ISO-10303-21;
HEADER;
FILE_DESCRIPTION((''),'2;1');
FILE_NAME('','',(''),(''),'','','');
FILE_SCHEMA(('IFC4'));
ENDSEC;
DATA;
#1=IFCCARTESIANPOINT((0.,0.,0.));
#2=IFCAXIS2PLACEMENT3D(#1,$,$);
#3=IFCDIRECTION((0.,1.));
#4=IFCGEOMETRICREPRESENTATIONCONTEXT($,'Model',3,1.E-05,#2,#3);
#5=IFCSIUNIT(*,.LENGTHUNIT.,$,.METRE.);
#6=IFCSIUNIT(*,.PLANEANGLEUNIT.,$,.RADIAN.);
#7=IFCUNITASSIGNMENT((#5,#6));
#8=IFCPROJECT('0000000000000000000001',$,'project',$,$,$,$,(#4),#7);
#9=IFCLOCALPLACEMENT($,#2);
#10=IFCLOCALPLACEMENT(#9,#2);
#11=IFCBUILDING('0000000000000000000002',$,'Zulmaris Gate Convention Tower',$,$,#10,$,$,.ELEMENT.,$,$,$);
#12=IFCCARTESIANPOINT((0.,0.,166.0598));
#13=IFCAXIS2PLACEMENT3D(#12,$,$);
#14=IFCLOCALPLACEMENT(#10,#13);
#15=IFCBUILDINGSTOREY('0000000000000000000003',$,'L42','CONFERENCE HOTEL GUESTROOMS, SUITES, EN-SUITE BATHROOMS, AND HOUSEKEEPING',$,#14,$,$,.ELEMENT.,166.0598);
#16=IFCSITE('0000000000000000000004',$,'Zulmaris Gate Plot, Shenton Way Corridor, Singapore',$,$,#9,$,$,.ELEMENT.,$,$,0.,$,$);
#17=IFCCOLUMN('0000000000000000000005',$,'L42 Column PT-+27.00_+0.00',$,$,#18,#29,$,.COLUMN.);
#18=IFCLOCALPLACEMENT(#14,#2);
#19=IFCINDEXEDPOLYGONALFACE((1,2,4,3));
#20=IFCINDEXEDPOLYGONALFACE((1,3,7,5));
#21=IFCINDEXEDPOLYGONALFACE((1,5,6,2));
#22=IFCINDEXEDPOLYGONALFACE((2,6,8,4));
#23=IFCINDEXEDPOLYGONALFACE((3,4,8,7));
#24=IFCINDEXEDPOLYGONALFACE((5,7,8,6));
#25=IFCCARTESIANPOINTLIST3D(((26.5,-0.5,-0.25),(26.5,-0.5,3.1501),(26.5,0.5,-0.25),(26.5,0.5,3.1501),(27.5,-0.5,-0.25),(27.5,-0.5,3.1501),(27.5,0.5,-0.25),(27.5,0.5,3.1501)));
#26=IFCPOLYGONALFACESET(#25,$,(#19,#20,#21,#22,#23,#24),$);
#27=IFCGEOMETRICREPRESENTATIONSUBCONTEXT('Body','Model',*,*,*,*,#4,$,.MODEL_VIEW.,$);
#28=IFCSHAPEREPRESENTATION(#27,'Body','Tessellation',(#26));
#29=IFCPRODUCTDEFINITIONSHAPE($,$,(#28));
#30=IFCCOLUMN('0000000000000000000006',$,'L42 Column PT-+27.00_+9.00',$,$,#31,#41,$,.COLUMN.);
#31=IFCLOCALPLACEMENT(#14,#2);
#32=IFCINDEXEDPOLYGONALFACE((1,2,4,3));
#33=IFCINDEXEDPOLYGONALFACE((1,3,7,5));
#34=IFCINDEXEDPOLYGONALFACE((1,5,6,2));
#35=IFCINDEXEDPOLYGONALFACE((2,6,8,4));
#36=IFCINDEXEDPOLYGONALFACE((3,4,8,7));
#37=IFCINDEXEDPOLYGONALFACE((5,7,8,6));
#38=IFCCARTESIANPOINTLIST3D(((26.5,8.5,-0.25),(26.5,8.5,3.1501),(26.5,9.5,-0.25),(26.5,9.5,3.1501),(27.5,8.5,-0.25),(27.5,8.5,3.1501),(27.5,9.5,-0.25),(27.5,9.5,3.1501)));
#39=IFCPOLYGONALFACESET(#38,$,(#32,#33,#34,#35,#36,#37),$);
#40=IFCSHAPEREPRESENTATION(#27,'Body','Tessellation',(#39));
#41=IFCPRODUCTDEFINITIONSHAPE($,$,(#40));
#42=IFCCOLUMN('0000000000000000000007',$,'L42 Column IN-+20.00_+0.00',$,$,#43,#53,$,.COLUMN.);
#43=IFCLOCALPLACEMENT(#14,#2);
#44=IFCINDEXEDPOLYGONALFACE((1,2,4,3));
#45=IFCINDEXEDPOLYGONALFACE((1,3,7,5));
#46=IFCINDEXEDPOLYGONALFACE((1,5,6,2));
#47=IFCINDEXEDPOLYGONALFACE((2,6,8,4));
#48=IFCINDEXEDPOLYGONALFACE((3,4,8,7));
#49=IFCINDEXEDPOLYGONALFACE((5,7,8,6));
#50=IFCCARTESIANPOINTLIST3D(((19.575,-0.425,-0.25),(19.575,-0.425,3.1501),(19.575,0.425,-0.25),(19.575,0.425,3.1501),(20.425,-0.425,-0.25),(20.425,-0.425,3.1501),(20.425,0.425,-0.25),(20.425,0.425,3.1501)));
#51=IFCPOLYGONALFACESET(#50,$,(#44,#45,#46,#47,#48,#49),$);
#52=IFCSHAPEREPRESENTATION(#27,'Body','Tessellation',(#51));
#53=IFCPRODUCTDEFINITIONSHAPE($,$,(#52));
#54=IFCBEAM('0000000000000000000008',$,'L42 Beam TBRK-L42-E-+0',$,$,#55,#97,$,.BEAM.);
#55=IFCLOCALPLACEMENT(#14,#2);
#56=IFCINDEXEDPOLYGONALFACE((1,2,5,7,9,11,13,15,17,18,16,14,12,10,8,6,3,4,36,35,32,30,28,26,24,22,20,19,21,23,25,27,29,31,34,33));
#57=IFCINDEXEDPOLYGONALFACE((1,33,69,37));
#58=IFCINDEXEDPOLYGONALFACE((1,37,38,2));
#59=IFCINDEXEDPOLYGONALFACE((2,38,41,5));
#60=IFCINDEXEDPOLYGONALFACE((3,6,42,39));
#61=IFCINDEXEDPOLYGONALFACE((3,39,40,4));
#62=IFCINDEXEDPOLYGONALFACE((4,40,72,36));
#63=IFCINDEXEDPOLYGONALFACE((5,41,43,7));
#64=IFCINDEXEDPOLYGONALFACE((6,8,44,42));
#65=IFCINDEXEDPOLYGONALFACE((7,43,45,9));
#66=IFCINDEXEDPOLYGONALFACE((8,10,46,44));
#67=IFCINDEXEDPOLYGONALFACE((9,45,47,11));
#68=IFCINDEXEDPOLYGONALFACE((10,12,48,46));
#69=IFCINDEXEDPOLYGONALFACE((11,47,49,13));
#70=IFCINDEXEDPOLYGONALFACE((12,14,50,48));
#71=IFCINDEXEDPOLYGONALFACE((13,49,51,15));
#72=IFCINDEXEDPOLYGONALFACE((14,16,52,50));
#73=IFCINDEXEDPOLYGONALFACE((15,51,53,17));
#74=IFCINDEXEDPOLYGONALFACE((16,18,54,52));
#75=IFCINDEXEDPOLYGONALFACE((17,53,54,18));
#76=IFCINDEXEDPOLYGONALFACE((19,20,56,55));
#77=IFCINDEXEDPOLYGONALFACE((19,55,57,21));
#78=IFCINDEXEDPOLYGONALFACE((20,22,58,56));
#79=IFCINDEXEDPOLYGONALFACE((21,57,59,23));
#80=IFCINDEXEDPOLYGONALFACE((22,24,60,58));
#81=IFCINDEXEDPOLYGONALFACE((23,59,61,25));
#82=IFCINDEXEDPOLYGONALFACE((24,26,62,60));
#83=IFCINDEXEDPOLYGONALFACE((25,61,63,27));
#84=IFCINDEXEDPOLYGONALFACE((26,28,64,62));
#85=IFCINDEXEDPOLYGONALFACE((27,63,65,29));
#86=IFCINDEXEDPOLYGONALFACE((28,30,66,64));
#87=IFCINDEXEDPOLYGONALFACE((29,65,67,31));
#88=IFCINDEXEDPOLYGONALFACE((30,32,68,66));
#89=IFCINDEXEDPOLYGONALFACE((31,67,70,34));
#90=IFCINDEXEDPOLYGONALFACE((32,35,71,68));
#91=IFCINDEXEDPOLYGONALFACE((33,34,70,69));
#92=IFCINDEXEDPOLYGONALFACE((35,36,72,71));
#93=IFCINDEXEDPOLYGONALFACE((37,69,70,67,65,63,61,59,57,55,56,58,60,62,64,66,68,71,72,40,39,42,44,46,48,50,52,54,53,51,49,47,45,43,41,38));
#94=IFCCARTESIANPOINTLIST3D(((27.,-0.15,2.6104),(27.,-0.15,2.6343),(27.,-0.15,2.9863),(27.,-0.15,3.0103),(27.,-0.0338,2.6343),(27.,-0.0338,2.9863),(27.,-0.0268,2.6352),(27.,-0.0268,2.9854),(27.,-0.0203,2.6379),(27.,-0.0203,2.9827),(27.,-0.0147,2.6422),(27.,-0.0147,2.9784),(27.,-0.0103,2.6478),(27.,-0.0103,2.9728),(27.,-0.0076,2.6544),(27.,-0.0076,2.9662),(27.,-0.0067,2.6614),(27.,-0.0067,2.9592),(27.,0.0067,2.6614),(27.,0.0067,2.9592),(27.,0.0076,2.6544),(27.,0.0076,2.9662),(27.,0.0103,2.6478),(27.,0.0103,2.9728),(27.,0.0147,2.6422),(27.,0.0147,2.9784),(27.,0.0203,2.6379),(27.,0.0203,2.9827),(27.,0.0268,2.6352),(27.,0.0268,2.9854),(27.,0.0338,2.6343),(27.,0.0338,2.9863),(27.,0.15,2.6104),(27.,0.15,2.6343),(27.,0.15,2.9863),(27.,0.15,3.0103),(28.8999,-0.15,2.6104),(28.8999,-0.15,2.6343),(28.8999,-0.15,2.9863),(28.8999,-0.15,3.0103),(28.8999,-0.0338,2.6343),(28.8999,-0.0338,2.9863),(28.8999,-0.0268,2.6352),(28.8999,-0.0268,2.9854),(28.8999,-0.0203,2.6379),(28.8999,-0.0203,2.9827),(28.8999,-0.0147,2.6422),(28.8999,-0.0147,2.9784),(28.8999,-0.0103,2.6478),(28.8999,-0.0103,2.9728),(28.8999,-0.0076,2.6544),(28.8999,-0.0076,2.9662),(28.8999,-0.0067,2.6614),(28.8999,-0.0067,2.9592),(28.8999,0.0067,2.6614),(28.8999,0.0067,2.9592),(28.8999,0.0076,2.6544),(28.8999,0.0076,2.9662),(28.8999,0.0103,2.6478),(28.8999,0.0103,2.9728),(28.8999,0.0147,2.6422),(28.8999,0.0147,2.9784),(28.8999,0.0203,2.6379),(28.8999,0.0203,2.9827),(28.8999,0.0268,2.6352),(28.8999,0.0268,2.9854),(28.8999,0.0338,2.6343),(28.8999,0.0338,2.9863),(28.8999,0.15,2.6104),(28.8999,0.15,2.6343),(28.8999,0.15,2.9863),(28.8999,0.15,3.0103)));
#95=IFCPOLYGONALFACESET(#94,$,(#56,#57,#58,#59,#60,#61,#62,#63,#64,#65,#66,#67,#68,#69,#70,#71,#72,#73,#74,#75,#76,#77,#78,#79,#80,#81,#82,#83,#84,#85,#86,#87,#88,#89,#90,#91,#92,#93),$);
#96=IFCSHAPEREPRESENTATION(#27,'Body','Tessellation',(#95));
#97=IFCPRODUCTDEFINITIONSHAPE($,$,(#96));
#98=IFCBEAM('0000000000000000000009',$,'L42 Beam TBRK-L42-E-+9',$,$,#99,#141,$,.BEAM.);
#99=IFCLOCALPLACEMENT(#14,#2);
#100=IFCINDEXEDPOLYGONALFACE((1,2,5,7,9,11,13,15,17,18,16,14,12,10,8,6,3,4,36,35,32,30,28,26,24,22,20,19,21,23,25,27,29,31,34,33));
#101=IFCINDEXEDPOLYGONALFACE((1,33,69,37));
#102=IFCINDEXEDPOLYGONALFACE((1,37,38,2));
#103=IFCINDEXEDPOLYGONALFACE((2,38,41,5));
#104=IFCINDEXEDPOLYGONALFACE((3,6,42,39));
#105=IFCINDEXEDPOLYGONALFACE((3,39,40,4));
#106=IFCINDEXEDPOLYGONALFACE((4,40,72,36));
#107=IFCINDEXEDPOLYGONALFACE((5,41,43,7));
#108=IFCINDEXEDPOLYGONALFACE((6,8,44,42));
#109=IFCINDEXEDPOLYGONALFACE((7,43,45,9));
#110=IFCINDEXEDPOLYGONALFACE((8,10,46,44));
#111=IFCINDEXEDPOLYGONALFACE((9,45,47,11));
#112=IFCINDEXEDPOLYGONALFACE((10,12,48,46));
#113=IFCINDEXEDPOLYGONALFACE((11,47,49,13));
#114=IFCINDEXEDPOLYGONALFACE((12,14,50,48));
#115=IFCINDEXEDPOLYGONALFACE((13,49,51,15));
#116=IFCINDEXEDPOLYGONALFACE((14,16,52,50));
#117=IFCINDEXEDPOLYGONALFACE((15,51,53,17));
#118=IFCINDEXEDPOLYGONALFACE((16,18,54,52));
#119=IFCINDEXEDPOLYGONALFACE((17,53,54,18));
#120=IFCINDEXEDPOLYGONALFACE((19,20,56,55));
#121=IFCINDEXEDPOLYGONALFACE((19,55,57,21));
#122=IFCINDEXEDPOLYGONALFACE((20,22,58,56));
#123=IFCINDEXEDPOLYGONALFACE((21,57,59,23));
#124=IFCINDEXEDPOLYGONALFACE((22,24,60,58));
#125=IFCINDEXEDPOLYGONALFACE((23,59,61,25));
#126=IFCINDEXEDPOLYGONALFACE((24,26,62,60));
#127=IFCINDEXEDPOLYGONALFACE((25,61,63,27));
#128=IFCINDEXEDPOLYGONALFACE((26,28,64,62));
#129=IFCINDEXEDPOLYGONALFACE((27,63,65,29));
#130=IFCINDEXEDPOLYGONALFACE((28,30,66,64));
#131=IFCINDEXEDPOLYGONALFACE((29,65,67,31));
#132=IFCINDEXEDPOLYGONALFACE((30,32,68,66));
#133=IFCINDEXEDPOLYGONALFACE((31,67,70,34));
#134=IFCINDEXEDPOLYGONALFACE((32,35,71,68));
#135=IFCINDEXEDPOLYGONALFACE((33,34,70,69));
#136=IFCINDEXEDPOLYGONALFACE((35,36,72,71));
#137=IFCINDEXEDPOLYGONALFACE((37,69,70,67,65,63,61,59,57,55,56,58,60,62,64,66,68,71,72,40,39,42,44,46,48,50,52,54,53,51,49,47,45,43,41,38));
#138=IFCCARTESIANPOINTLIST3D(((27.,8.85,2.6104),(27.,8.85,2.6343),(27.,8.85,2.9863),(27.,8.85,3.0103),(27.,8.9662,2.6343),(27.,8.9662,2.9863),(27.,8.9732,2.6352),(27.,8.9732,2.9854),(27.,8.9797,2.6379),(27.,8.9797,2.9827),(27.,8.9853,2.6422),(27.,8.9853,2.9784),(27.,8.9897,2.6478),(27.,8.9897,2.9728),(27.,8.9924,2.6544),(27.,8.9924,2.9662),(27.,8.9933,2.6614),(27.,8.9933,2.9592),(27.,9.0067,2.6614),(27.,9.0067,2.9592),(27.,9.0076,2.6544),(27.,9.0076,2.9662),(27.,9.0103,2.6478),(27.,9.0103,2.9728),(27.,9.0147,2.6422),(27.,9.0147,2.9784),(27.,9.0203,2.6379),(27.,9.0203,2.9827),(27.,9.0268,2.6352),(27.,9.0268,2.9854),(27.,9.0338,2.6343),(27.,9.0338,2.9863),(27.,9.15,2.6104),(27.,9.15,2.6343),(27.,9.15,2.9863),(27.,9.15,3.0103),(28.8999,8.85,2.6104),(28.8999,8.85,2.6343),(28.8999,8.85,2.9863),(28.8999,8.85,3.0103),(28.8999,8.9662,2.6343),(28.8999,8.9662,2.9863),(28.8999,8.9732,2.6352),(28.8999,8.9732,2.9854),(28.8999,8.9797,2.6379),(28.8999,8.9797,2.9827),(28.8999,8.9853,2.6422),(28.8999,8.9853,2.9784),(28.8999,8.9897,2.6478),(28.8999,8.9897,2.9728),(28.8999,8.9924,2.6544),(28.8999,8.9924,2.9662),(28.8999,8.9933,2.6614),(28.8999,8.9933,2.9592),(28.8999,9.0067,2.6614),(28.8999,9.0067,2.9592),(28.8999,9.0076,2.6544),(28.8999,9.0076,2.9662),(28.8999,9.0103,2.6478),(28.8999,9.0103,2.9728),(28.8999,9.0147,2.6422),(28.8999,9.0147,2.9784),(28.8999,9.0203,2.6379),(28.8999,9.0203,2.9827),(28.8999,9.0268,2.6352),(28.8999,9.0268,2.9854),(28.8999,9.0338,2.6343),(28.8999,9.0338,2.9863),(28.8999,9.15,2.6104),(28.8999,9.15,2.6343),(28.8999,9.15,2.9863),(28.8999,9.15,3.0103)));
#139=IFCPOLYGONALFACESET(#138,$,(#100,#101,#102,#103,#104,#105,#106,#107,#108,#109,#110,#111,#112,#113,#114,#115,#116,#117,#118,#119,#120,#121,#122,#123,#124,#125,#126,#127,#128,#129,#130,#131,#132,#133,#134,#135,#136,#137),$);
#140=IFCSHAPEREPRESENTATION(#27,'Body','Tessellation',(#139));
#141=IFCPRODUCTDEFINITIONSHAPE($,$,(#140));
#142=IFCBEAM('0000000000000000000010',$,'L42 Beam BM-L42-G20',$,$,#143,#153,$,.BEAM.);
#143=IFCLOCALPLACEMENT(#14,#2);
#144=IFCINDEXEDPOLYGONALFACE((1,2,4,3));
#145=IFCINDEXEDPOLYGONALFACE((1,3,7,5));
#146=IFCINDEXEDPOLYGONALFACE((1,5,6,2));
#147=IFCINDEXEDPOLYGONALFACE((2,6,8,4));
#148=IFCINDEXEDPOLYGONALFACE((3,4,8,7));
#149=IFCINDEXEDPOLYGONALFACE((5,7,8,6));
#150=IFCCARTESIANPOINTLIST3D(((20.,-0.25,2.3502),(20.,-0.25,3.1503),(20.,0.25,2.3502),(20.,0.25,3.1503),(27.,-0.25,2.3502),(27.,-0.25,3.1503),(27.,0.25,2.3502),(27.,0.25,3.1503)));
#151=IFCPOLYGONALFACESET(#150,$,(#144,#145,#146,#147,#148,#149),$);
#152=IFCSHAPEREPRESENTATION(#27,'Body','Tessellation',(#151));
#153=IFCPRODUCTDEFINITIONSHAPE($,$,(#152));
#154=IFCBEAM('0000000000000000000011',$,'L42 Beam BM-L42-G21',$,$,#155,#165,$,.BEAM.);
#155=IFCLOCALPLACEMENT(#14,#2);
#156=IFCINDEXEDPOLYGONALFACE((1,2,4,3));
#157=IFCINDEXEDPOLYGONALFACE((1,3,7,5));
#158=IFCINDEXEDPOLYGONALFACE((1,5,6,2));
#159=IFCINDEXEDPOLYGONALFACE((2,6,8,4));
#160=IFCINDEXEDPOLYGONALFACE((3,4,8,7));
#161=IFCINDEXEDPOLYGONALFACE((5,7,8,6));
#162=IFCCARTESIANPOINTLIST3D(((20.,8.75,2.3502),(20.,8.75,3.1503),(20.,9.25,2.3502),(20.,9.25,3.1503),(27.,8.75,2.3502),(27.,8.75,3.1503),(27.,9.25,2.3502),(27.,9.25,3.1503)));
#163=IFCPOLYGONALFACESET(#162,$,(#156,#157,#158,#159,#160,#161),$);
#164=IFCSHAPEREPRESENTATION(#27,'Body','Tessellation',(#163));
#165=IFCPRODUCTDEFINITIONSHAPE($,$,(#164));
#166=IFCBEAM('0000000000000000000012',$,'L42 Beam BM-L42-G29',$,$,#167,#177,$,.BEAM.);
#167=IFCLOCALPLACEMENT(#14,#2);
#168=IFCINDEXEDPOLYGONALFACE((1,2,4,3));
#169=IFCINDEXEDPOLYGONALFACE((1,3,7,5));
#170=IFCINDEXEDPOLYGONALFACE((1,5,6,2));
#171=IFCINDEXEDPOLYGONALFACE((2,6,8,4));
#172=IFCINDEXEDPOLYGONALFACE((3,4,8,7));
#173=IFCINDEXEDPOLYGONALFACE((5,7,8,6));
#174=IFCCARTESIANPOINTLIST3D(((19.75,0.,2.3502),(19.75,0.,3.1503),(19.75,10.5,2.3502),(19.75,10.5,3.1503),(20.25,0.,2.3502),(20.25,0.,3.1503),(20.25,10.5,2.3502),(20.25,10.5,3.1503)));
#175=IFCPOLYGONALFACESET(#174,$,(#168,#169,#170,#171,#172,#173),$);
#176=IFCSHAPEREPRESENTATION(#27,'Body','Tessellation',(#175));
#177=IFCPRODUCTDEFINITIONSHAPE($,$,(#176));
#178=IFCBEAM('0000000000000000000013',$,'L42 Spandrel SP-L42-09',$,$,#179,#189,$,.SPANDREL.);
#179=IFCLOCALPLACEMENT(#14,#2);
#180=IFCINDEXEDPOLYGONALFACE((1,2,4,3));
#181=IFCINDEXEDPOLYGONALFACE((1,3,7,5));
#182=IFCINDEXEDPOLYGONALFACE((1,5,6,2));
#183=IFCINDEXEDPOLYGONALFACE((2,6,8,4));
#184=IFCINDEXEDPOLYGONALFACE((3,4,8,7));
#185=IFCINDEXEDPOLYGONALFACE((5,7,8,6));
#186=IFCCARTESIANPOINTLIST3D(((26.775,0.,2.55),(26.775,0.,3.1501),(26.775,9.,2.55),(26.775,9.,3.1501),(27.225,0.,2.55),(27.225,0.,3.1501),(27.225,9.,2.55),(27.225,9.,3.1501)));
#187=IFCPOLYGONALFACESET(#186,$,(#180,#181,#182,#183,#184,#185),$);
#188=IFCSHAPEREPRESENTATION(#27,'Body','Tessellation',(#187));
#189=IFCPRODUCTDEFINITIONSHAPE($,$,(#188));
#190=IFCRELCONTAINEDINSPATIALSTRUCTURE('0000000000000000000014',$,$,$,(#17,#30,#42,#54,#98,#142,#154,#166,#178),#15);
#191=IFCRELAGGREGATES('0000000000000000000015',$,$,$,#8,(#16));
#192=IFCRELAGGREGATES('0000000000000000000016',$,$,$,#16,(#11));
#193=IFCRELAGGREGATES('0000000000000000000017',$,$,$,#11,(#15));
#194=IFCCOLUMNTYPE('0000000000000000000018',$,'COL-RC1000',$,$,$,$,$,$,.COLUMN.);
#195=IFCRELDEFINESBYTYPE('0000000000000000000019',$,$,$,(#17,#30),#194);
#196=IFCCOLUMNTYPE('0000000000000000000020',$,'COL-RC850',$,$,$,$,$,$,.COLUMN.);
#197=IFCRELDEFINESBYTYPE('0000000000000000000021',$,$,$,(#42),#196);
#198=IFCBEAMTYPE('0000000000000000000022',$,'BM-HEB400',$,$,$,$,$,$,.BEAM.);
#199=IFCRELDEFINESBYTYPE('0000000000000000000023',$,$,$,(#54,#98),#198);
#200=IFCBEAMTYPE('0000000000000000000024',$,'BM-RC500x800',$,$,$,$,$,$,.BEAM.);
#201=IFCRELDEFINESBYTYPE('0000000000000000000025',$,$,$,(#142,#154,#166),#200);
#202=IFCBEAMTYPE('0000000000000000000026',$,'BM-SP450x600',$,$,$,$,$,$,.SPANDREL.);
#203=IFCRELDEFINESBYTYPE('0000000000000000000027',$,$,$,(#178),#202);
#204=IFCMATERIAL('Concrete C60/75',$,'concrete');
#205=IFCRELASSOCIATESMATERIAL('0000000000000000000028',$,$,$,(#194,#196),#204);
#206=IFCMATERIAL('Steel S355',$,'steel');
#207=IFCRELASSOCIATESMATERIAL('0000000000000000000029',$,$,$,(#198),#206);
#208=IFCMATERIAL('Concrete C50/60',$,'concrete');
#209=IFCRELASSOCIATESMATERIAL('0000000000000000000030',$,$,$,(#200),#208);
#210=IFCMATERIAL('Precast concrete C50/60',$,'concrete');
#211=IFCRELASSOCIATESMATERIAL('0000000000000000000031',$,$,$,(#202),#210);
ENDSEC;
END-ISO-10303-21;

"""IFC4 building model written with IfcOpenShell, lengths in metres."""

from ifc_helpers import new_model, si_unit, direction, frame, origin, origin_2d, place, context, subcontext, project, spatial, rectangle, i_section, extrude, material, material_profile, profile_set, type_object, element, save


model = new_model("IFC4")

# Units and contexts
model_context = context("Model", 3, precision=1e-05, world=origin(), true_north=direction((0.0, 1.0)))
body_context = subcontext(model_context, "Body", "Model", "MODEL_VIEW")
ifc_project = project(units=[si_unit("LENGTHUNIT", "METRE"), si_unit("PLANEANGLEUNIT", "RADIAN")], contexts=[model_context])

# Site, building, storey
site_placement = place(None, origin())
site = spatial("IfcSite", under=ifc_project, at=site_placement, Name="Zulmaris Gate Plot, Shenton Way Corridor, Singapore", CompositionType="ELEMENT", RefElevation=0.0)
building_placement = place(site_placement, origin())
building = spatial("IfcBuilding", under=site, at=building_placement, Name="Zulmaris Gate Convention Tower", CompositionType="ELEMENT")
storey_placement = place(building_placement, frame((0.0, 0.0, 166.0598)))
storey = spatial("IfcBuildingStorey", under=building, at=storey_placement, Name="L42", Description="CONFERENCE HOTEL GUESTROOMS, SUITES, EN-SUITE BATHROOMS, AND HOUSEKEEPING", CompositionType="ELEMENT", Elevation=166.0598)

# Columns
ifc_material_1 = material(Name="Concrete C60/75", Category="concrete")
ifc_material_profile_1 = material_profile(ifc_material_1, rectangle(XDim=1.0, YDim=1.0, at=origin_2d()), Name="RC COL 1000x1000")
ifc_profile_set_1 = profile_set([ifc_material_profile_1], Name="Concrete C60/75")
column_type_1 = type_object("IfcColumnType", Name="COL-RC1000", PredefinedType="COLUMN", material=ifc_profile_set_1)
for number, where, z_axis, x_axis, name in (
    (1, (27.0, 0.0, -0.25), (0.0, 0.0, 1.0), (1.0, 0.0, 0.0), "L42 Column PT-+27.00_+0.00"),
    (2, (27.0, 9.0, -0.25), (0.0, 0.0, 1.0), (1.0, 0.0, 0.0), "L42 Column PT-+27.00_+9.00"),
):
    element("IfcColumn", number, at=place(storey_placement, frame(where, z_axis=z_axis, x_axis=x_axis)), inside=storey, type_object=column_type_1, Name=name, PredefinedType="COLUMN", context=body_context, shape_type="SweptSolid", body=[
        extrude(rectangle(XDim=1.0, YDim=1.0, at=origin_2d()), origin(), (0.0, 0.0, 1.0), 3.4001),
    ])
ifc_material_profile_2 = material_profile(ifc_material_1, rectangle(XDim=0.8501, YDim=0.8501, at=origin_2d()), Name="RC COL 850x850")
ifc_profile_set_2 = profile_set([ifc_material_profile_2], Name="Concrete C60/75")
column_type_2 = type_object("IfcColumnType", Name="COL-RC850", PredefinedType="COLUMN", material=ifc_profile_set_2)
column_placement = place(storey_placement, frame((20.0, 0.0, -0.25), z_axis=(0.0, 0.0, 1.0), x_axis=(1.0, 0.0, 0.0)))
element("IfcColumn", 3, at=column_placement, inside=storey, type_object=column_type_2, Name="L42 Column IN-+20.00_+0.00", PredefinedType="COLUMN", context=body_context, shape_type="SweptSolid", body=[
    extrude(rectangle(XDim=0.8501, YDim=0.8501, at=origin_2d()), origin(), (0.0, 0.0, 1.0), 3.4001),
])

# Beams
ifc_material_2 = material(Name="Steel S355", Category="steel")
ifc_material_profile_3 = material_profile(ifc_material_2, i_section(OverallWidth=0.3, OverallDepth=0.3999, WebThickness=0.0134, FlangeThickness=0.0239, FilletRadius=0.0271, at=origin_2d()), Name="HEB 400")
ifc_profile_set_3 = profile_set([ifc_material_profile_3], Name="Steel S355")
beam_type_1 = type_object("IfcBeamType", Name="BM-HEB400", PredefinedType="BEAM", material=ifc_profile_set_3)
for number, where, z_axis, x_axis, name in (
    (4, (27.0, 0.0, 2.8103), (1.0, 0.0, 0.0), (0.0, 1.0, 0.0), "L42 Beam TBRK-L42-E-+0"),
    (5, (27.0, 9.0, 2.8103), (1.0, 0.0, 0.0), (0.0, 1.0, 0.0), "L42 Beam TBRK-L42-E-+9"),
):
    element("IfcBeam", number, at=place(storey_placement, frame(where, z_axis=z_axis, x_axis=x_axis)), inside=storey, type_object=beam_type_1, Name=name, PredefinedType="BEAM", context=body_context, shape_type="SweptSolid", body=[
        extrude(i_section(OverallWidth=0.3, OverallDepth=0.3999, WebThickness=0.0134, FlangeThickness=0.0239, FilletRadius=0.0271, at=origin_2d()), origin(), (0.0, 0.0, 1.0), 1.8999),
    ])
ifc_material_3 = material(Name="Concrete C50/60", Category="concrete")
ifc_material_profile_4 = material_profile(ifc_material_3, rectangle(XDim=0.5, YDim=0.8, at=origin_2d()), Name="RC BEAM 500x800")
ifc_profile_set_4 = profile_set([ifc_material_profile_4], Name="Concrete C50/60")
beam_type_2 = type_object("IfcBeamType", Name="BM-RC500x800", PredefinedType="BEAM", material=ifc_profile_set_4)
for number, where, z_axis, x_axis, name in (
    (6, (20.0, 0.0, 2.7502), (1.0, 0.0, 0.0), (0.0, 1.0, 0.0), "L42 Beam BM-L42-G20"),
    (7, (20.0, 9.0, 2.7502), (1.0, 0.0, 0.0), (0.0, 1.0, 0.0), "L42 Beam BM-L42-G21"),
):
    element("IfcBeam", number, at=place(storey_placement, frame(where, z_axis=z_axis, x_axis=x_axis)), inside=storey, type_object=beam_type_2, Name=name, PredefinedType="BEAM", context=body_context, shape_type="SweptSolid", body=[
        extrude(rectangle(XDim=0.5, YDim=0.8, at=origin_2d()), origin(), (0.0, 0.0, 1.0), 7.0),
    ])
beam_1_placement = place(storey_placement, frame((20.0, 0.0, 2.7502), z_axis=(0.0, 1.0, 0.0), x_axis=(-1.0, 0.0, 0.0)))
element("IfcBeam", 8, at=beam_1_placement, inside=storey, type_object=beam_type_2, Name="L42 Beam BM-L42-G29", PredefinedType="BEAM", context=body_context, shape_type="SweptSolid", body=[
    extrude(rectangle(XDim=0.5, YDim=0.8, at=origin_2d()), origin(), (0.0, 0.0, 1.0), 10.5),
])
ifc_material_4 = material(Name="Precast concrete C50/60", Category="concrete")
ifc_material_profile_5 = material_profile(ifc_material_4, rectangle(XDim=0.45, YDim=0.6001, at=origin_2d()), Name="RC SPANDREL 450x600")
ifc_profile_set_5 = profile_set([ifc_material_profile_5], Name="Precast concrete C50/60")
beam_type_3 = type_object("IfcBeamType", Name="BM-SP450x600", PredefinedType="SPANDREL", material=ifc_profile_set_5)
beam_2_placement = place(storey_placement, frame((27.0, 0.0, 2.8501), z_axis=(0.0, 1.0, 0.0), x_axis=(-1.0, 0.0, 0.0)))
element("IfcBeam", 9, at=beam_2_placement, inside=storey, type_object=beam_type_3, Name="L42 Spandrel SP-L42-09", PredefinedType="SPANDREL", context=body_context, shape_type="SweptSolid", body=[
    extrude(rectangle(XDim=0.45, YDim=0.6001, at=origin_2d()), origin(), (0.0, 0.0, 1.0), 9.0),
])

save(model, "model.ifc")
